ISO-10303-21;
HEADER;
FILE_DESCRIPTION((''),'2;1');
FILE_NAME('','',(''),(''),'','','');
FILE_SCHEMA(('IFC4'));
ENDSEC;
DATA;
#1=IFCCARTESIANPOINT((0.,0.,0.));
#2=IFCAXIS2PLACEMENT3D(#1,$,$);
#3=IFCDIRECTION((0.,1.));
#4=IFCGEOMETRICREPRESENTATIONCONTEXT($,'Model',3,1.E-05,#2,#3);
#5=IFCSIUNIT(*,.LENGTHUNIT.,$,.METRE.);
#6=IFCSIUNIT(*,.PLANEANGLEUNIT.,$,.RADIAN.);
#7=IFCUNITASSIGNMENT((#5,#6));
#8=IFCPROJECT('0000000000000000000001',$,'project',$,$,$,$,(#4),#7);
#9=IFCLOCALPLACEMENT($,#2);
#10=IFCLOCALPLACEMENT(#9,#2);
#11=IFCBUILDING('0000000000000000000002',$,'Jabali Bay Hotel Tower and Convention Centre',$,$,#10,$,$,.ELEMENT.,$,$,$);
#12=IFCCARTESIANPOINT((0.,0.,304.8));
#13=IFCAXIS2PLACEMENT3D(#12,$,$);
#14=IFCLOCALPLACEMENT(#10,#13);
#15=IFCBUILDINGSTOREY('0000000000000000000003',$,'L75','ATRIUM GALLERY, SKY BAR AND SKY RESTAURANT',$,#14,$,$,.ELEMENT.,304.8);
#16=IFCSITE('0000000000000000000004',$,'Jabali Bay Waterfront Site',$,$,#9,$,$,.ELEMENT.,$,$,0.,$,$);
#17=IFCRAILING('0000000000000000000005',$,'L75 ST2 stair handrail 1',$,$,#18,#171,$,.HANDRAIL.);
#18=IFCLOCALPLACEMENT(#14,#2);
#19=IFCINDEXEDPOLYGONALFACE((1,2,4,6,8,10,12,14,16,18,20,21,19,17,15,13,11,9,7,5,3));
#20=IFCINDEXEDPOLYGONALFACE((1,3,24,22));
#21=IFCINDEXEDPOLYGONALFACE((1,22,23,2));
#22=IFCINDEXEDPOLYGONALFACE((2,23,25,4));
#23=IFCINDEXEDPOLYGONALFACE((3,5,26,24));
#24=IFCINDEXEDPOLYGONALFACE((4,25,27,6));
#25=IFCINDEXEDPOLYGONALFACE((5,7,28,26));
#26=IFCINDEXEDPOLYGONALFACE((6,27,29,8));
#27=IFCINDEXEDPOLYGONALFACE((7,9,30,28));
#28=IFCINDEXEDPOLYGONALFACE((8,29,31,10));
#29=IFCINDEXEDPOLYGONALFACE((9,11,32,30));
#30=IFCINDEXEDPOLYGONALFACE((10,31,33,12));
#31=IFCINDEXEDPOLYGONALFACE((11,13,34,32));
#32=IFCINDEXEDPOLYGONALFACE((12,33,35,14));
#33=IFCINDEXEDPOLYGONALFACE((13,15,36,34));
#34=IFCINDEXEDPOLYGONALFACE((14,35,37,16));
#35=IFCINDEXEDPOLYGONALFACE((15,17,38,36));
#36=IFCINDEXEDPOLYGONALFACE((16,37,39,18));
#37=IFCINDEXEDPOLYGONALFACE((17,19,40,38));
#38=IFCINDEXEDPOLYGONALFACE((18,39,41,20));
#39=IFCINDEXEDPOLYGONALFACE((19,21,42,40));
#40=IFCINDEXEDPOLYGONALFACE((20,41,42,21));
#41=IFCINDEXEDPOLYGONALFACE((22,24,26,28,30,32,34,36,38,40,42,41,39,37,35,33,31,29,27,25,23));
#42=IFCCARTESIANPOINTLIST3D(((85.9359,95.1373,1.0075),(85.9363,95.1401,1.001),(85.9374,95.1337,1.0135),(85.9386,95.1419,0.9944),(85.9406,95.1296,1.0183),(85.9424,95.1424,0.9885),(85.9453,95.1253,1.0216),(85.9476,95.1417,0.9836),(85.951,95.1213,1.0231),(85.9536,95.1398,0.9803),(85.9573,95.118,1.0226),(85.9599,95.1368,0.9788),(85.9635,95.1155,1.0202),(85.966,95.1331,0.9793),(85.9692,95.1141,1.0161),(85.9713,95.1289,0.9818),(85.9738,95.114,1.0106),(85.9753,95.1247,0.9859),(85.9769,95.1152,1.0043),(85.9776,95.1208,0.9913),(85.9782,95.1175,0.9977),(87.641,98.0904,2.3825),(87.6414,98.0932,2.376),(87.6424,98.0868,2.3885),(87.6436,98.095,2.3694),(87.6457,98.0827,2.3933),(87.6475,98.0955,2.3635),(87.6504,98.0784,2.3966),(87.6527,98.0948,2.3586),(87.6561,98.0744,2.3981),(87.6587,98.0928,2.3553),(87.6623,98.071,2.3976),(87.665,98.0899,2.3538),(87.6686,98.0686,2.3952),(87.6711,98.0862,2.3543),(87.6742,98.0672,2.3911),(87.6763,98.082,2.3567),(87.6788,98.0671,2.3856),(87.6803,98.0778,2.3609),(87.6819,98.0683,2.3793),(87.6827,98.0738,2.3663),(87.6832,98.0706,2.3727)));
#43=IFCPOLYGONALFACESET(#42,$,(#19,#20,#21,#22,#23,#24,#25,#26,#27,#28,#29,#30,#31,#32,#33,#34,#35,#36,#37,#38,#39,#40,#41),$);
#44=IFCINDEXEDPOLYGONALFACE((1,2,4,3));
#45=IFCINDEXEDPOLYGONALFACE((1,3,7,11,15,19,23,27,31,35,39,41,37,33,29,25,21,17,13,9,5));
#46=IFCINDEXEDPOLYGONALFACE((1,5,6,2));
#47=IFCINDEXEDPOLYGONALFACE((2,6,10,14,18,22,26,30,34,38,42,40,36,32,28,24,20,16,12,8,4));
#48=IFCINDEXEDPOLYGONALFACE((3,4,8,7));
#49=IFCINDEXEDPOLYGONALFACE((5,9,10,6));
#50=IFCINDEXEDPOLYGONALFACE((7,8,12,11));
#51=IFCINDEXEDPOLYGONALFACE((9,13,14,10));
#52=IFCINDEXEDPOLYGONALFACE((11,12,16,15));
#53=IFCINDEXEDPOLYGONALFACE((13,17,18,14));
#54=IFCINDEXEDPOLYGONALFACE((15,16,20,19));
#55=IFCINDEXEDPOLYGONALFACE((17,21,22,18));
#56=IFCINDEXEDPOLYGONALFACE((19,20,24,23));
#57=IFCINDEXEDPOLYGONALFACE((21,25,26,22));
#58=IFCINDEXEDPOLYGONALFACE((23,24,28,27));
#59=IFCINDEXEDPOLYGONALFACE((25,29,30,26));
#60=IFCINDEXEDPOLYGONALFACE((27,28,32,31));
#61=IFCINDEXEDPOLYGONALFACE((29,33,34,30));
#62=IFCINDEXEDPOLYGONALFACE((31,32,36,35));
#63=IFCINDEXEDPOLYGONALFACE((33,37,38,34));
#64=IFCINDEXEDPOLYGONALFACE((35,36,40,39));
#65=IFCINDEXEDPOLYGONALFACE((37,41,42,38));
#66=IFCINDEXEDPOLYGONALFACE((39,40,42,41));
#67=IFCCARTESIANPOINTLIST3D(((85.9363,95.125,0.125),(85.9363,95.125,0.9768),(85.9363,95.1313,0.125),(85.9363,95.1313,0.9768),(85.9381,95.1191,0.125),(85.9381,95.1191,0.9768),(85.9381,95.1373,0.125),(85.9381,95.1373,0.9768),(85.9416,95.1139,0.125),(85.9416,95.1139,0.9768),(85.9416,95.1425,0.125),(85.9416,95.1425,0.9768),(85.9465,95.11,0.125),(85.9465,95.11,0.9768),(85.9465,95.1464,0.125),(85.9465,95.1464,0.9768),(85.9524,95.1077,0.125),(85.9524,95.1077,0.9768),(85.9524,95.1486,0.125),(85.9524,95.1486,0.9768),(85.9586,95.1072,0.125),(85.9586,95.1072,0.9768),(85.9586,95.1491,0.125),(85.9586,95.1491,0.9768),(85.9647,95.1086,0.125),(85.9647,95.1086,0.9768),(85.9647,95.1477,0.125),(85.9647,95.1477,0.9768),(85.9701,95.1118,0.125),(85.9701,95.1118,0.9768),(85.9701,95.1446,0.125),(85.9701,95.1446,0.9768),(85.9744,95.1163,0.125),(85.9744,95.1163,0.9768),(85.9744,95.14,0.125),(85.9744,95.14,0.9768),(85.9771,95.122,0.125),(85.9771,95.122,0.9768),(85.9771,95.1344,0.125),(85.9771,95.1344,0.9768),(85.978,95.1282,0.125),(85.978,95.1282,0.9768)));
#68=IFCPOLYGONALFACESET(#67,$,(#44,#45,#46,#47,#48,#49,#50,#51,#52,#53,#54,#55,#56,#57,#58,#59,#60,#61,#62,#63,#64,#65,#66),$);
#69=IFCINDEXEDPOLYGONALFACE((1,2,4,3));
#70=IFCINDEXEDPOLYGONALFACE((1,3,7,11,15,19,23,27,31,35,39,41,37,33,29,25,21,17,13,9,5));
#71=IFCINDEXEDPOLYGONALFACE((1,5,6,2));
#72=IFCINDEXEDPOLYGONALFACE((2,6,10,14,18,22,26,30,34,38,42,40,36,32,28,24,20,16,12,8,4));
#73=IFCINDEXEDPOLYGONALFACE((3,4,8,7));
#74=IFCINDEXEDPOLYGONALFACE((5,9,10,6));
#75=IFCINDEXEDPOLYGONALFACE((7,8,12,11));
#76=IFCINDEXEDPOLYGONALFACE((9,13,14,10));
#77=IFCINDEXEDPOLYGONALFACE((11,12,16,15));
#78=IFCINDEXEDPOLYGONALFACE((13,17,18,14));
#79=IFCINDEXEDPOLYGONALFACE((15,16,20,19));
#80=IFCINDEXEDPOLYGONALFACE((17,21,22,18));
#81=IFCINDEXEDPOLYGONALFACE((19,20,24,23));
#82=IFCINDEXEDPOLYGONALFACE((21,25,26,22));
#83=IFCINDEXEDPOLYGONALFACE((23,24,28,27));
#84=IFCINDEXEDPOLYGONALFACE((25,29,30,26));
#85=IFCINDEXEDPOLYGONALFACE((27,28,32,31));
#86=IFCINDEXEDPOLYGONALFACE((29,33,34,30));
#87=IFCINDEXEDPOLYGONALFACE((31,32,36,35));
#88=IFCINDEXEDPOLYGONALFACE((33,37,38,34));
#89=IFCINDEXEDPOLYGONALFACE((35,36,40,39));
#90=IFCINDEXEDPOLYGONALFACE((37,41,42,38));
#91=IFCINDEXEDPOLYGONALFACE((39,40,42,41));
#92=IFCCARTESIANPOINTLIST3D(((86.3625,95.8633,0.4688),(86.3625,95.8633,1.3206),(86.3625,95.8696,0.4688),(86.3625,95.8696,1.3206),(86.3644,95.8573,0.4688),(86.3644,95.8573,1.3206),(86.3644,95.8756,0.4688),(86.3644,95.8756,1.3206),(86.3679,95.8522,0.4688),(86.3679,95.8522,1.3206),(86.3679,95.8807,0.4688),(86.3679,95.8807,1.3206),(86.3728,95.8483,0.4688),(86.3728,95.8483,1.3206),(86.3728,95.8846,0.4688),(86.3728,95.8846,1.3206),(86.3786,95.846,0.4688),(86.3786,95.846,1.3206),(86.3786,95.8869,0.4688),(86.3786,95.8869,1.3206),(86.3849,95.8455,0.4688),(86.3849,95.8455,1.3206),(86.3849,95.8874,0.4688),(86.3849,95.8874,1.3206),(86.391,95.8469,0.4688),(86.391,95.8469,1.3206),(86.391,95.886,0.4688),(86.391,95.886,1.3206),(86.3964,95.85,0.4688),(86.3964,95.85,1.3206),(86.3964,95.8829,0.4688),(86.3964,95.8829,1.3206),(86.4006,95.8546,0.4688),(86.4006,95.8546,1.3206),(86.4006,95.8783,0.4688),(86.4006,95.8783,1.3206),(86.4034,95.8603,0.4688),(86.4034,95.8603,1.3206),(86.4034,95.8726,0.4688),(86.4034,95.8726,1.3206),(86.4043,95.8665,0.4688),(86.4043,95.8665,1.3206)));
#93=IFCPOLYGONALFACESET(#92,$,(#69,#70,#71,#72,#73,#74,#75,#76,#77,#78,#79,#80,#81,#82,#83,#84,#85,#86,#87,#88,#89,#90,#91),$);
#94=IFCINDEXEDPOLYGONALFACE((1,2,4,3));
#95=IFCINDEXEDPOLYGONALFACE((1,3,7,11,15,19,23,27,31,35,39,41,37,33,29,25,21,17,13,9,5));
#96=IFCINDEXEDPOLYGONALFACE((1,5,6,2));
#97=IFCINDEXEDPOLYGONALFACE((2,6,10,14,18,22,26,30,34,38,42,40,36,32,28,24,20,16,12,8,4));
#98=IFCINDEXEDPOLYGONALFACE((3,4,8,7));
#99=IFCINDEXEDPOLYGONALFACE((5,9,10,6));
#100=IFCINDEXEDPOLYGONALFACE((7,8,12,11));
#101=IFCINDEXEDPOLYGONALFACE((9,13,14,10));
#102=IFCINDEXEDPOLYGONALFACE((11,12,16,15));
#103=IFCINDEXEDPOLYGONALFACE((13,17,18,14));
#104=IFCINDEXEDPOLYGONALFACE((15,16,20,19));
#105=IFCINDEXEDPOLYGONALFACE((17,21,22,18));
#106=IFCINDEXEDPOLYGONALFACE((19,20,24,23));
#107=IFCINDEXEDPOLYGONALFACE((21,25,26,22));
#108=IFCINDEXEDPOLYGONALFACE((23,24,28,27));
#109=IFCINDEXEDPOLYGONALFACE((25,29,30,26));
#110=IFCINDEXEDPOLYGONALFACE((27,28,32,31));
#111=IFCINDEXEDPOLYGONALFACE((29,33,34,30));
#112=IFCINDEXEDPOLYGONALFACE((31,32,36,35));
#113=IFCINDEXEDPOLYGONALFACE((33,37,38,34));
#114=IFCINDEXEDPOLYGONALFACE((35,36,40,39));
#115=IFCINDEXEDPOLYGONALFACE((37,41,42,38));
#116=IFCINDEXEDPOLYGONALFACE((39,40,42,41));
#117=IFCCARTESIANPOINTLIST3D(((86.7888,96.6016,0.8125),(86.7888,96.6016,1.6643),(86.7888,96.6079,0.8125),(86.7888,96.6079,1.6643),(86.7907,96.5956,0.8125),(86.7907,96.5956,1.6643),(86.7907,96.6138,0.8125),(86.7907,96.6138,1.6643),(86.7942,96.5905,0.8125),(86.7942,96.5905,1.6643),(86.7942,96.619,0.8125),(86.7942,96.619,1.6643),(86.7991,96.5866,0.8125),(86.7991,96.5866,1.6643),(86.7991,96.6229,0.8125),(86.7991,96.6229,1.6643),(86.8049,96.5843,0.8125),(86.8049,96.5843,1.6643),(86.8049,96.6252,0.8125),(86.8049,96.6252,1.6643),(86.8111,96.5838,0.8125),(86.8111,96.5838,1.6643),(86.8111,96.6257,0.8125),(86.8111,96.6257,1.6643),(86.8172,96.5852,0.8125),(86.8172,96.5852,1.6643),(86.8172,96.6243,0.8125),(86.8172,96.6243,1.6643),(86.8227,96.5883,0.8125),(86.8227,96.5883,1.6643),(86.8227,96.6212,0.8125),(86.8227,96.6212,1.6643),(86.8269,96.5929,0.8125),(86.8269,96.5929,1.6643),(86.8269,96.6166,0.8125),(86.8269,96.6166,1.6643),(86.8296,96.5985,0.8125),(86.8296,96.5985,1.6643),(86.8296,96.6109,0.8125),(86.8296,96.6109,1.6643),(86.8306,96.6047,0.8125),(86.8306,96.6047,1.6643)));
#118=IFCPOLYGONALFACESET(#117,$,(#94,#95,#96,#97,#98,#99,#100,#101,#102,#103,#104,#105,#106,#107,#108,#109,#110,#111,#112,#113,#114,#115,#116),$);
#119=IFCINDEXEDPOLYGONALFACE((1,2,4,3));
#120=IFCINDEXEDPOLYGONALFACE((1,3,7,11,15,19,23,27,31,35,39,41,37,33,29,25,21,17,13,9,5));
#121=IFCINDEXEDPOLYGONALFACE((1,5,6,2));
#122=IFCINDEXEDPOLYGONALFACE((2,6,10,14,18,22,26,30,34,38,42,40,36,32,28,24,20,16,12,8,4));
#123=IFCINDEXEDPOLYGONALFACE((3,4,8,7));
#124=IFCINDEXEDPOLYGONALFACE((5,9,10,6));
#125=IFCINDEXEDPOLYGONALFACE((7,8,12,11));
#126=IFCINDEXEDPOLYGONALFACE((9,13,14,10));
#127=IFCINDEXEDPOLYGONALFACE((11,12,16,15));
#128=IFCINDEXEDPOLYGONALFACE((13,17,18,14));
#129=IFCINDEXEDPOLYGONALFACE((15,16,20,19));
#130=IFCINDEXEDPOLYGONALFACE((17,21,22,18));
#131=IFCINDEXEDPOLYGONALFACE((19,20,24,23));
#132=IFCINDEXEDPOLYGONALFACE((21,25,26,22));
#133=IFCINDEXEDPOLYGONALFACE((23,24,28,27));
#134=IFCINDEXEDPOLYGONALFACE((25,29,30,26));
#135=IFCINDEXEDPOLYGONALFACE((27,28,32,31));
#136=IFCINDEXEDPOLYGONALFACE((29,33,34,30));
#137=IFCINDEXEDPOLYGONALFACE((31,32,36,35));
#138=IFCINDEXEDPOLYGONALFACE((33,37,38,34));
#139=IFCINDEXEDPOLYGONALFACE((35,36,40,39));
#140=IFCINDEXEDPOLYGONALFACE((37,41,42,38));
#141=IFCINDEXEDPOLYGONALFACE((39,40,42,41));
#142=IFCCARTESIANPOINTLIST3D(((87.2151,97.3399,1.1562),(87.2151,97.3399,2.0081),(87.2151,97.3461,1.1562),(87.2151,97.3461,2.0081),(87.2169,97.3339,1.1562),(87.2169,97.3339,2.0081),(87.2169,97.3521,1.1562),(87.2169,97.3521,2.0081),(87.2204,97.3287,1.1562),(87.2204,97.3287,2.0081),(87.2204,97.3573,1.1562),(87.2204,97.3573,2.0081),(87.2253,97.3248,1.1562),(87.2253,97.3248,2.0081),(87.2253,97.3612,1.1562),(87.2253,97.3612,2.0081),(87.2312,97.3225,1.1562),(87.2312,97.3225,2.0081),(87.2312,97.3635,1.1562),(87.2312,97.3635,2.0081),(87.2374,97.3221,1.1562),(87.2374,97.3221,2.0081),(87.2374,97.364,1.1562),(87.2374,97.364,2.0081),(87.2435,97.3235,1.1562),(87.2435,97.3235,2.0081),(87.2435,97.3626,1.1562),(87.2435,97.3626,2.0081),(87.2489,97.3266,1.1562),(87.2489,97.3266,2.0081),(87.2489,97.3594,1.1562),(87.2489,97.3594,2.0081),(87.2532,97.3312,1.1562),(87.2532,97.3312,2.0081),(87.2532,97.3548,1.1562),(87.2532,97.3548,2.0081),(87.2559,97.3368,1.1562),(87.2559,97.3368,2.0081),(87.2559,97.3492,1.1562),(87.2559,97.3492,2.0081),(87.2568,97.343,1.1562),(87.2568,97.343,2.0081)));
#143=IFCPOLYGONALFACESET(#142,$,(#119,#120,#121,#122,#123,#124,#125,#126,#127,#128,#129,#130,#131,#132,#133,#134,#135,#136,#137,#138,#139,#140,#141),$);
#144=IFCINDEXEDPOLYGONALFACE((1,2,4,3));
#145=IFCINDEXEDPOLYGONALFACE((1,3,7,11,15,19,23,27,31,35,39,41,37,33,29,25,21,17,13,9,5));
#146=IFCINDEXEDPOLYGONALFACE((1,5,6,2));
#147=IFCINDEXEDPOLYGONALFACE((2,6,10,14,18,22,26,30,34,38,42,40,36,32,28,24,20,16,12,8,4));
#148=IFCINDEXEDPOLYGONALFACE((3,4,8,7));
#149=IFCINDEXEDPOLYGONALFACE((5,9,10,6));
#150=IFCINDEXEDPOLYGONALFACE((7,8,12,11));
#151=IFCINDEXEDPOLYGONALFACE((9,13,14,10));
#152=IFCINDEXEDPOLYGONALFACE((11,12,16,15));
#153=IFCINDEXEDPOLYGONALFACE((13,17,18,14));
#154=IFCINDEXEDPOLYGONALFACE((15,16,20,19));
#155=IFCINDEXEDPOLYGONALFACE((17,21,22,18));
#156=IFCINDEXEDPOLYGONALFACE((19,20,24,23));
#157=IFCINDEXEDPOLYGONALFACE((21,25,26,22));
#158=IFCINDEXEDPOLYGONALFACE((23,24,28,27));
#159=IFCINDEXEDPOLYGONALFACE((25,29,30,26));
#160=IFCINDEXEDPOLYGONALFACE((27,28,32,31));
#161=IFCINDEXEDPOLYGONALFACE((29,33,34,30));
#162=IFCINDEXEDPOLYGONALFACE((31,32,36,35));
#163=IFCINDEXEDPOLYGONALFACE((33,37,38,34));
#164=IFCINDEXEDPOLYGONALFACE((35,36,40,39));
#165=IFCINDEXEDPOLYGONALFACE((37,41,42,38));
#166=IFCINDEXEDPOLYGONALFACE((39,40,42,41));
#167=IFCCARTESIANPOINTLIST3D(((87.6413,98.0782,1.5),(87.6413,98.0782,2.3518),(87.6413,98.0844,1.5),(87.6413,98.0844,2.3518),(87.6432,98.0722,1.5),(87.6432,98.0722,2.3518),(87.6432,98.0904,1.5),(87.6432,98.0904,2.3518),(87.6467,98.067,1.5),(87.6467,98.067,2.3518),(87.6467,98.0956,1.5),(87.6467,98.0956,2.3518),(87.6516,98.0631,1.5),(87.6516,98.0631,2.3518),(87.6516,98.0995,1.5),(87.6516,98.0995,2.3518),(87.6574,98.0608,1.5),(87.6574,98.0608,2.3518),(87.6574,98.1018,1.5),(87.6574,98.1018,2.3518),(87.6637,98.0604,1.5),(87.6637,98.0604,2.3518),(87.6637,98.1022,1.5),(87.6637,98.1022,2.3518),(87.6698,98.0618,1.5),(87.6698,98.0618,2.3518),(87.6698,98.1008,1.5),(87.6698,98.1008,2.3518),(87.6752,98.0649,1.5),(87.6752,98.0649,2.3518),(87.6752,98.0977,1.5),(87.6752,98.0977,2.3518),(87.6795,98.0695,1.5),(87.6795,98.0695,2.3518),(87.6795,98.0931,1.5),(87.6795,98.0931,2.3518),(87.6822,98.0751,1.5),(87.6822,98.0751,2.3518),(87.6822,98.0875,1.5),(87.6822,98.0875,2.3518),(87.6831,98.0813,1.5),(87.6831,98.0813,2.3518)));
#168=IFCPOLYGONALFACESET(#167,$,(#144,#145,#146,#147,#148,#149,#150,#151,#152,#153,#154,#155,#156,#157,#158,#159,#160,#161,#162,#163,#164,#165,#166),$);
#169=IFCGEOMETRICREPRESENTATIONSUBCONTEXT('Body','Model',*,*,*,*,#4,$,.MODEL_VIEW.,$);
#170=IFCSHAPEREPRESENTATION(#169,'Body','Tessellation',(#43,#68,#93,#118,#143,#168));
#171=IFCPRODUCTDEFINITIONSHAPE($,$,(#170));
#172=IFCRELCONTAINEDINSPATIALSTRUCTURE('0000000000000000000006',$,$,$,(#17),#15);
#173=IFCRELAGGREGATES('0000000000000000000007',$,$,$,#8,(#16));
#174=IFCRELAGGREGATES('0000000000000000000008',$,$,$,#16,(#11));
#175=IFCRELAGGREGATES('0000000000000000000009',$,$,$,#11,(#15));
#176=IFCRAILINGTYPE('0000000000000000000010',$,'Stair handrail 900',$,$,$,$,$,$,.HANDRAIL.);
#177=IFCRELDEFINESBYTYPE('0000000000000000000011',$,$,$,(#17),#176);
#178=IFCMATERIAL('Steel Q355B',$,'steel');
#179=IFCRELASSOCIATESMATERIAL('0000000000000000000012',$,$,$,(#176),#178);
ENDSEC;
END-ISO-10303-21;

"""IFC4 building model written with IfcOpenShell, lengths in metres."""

from ifc_helpers import new_model, si_unit, direction, frame, origin, origin_2d, place, context, subcontext, project, spatial, circle, extrude, material, type_object, element, save


model = new_model("IFC4")

# Units and contexts
model_context = context("Model", 3, precision=1e-05, world=origin(), true_north=direction((0.0, 1.0)))
body_context = subcontext(model_context, "Body", "Model", "MODEL_VIEW")
ifc_project = project(units=[si_unit("LENGTHUNIT", "METRE"), si_unit("PLANEANGLEUNIT", "RADIAN")], contexts=[model_context])

# Site, building, storey
site_placement = place(None, origin())
site = spatial("IfcSite", under=ifc_project, at=site_placement, Name="Jabali Bay Waterfront Site", CompositionType="ELEMENT", RefElevation=0.0)
building_placement = place(site_placement, origin())
building = spatial("IfcBuilding", under=site, at=building_placement, Name="Jabali Bay Hotel Tower and Convention Centre", CompositionType="ELEMENT")
storey_placement = place(building_placement, frame((0.0, 0.0, 304.8)))
storey = spatial("IfcBuildingStorey", under=building, at=storey_placement, Name="L75", Description="ATRIUM GALLERY, SKY BAR AND SKY RESTAURANT", CompositionType="ELEMENT", Elevation=304.8)

# Railing
ifc_material_1 = material(Name="Steel Q355B", Category="steel")
railing_type_1 = type_object("IfcRailingType", Name="Stair handrail 900", PredefinedType="HANDRAIL", material=ifc_material_1)
for number, where, name in (
    (1, (85.957, 95.1282, 0.125), "L75 ST2 stair handrail 1"),
):
    element("IfcRailing", number, at=place(storey_placement, frame(where)), inside=storey, type_object=railing_type_1, Name=name, PredefinedType="HANDRAIL", context=body_context, shape_type="SweptSolid", body=[
        extrude(circle(Radius=0.0239, at=origin_2d()), frame((0.0, 0.0, 0.876), z_axis=(0.46374, 0.803178, 0.373966), x_axis=(-0.866014, 0.50002, 0.0)), (0.0, 0.0, 1.0), 3.6768),
        extrude(circle(Radius=0.021, at=origin_2d()), origin(), (0.0, 0.0, 1.0), 0.8518),
        extrude(circle(Radius=0.021, at=origin_2d()), frame((0.4263, 0.7383, 0.3438)), (0.0, 0.0, 1.0), 0.8518),
        extrude(circle(Radius=0.021, at=origin_2d()), frame((0.8525, 1.4766, 0.6875)), (0.0, 0.0, 1.0), 0.8518),
        extrude(circle(Radius=0.021, at=origin_2d()), frame((1.2788, 2.2148, 1.0312)), (0.0, 0.0, 1.0), 0.8518),
        extrude(circle(Radius=0.021, at=origin_2d()), frame((1.7051, 2.9531, 1.375)), (0.0, 0.0, 1.0), 0.8518),
    ])

save(model, "model.ifc")
